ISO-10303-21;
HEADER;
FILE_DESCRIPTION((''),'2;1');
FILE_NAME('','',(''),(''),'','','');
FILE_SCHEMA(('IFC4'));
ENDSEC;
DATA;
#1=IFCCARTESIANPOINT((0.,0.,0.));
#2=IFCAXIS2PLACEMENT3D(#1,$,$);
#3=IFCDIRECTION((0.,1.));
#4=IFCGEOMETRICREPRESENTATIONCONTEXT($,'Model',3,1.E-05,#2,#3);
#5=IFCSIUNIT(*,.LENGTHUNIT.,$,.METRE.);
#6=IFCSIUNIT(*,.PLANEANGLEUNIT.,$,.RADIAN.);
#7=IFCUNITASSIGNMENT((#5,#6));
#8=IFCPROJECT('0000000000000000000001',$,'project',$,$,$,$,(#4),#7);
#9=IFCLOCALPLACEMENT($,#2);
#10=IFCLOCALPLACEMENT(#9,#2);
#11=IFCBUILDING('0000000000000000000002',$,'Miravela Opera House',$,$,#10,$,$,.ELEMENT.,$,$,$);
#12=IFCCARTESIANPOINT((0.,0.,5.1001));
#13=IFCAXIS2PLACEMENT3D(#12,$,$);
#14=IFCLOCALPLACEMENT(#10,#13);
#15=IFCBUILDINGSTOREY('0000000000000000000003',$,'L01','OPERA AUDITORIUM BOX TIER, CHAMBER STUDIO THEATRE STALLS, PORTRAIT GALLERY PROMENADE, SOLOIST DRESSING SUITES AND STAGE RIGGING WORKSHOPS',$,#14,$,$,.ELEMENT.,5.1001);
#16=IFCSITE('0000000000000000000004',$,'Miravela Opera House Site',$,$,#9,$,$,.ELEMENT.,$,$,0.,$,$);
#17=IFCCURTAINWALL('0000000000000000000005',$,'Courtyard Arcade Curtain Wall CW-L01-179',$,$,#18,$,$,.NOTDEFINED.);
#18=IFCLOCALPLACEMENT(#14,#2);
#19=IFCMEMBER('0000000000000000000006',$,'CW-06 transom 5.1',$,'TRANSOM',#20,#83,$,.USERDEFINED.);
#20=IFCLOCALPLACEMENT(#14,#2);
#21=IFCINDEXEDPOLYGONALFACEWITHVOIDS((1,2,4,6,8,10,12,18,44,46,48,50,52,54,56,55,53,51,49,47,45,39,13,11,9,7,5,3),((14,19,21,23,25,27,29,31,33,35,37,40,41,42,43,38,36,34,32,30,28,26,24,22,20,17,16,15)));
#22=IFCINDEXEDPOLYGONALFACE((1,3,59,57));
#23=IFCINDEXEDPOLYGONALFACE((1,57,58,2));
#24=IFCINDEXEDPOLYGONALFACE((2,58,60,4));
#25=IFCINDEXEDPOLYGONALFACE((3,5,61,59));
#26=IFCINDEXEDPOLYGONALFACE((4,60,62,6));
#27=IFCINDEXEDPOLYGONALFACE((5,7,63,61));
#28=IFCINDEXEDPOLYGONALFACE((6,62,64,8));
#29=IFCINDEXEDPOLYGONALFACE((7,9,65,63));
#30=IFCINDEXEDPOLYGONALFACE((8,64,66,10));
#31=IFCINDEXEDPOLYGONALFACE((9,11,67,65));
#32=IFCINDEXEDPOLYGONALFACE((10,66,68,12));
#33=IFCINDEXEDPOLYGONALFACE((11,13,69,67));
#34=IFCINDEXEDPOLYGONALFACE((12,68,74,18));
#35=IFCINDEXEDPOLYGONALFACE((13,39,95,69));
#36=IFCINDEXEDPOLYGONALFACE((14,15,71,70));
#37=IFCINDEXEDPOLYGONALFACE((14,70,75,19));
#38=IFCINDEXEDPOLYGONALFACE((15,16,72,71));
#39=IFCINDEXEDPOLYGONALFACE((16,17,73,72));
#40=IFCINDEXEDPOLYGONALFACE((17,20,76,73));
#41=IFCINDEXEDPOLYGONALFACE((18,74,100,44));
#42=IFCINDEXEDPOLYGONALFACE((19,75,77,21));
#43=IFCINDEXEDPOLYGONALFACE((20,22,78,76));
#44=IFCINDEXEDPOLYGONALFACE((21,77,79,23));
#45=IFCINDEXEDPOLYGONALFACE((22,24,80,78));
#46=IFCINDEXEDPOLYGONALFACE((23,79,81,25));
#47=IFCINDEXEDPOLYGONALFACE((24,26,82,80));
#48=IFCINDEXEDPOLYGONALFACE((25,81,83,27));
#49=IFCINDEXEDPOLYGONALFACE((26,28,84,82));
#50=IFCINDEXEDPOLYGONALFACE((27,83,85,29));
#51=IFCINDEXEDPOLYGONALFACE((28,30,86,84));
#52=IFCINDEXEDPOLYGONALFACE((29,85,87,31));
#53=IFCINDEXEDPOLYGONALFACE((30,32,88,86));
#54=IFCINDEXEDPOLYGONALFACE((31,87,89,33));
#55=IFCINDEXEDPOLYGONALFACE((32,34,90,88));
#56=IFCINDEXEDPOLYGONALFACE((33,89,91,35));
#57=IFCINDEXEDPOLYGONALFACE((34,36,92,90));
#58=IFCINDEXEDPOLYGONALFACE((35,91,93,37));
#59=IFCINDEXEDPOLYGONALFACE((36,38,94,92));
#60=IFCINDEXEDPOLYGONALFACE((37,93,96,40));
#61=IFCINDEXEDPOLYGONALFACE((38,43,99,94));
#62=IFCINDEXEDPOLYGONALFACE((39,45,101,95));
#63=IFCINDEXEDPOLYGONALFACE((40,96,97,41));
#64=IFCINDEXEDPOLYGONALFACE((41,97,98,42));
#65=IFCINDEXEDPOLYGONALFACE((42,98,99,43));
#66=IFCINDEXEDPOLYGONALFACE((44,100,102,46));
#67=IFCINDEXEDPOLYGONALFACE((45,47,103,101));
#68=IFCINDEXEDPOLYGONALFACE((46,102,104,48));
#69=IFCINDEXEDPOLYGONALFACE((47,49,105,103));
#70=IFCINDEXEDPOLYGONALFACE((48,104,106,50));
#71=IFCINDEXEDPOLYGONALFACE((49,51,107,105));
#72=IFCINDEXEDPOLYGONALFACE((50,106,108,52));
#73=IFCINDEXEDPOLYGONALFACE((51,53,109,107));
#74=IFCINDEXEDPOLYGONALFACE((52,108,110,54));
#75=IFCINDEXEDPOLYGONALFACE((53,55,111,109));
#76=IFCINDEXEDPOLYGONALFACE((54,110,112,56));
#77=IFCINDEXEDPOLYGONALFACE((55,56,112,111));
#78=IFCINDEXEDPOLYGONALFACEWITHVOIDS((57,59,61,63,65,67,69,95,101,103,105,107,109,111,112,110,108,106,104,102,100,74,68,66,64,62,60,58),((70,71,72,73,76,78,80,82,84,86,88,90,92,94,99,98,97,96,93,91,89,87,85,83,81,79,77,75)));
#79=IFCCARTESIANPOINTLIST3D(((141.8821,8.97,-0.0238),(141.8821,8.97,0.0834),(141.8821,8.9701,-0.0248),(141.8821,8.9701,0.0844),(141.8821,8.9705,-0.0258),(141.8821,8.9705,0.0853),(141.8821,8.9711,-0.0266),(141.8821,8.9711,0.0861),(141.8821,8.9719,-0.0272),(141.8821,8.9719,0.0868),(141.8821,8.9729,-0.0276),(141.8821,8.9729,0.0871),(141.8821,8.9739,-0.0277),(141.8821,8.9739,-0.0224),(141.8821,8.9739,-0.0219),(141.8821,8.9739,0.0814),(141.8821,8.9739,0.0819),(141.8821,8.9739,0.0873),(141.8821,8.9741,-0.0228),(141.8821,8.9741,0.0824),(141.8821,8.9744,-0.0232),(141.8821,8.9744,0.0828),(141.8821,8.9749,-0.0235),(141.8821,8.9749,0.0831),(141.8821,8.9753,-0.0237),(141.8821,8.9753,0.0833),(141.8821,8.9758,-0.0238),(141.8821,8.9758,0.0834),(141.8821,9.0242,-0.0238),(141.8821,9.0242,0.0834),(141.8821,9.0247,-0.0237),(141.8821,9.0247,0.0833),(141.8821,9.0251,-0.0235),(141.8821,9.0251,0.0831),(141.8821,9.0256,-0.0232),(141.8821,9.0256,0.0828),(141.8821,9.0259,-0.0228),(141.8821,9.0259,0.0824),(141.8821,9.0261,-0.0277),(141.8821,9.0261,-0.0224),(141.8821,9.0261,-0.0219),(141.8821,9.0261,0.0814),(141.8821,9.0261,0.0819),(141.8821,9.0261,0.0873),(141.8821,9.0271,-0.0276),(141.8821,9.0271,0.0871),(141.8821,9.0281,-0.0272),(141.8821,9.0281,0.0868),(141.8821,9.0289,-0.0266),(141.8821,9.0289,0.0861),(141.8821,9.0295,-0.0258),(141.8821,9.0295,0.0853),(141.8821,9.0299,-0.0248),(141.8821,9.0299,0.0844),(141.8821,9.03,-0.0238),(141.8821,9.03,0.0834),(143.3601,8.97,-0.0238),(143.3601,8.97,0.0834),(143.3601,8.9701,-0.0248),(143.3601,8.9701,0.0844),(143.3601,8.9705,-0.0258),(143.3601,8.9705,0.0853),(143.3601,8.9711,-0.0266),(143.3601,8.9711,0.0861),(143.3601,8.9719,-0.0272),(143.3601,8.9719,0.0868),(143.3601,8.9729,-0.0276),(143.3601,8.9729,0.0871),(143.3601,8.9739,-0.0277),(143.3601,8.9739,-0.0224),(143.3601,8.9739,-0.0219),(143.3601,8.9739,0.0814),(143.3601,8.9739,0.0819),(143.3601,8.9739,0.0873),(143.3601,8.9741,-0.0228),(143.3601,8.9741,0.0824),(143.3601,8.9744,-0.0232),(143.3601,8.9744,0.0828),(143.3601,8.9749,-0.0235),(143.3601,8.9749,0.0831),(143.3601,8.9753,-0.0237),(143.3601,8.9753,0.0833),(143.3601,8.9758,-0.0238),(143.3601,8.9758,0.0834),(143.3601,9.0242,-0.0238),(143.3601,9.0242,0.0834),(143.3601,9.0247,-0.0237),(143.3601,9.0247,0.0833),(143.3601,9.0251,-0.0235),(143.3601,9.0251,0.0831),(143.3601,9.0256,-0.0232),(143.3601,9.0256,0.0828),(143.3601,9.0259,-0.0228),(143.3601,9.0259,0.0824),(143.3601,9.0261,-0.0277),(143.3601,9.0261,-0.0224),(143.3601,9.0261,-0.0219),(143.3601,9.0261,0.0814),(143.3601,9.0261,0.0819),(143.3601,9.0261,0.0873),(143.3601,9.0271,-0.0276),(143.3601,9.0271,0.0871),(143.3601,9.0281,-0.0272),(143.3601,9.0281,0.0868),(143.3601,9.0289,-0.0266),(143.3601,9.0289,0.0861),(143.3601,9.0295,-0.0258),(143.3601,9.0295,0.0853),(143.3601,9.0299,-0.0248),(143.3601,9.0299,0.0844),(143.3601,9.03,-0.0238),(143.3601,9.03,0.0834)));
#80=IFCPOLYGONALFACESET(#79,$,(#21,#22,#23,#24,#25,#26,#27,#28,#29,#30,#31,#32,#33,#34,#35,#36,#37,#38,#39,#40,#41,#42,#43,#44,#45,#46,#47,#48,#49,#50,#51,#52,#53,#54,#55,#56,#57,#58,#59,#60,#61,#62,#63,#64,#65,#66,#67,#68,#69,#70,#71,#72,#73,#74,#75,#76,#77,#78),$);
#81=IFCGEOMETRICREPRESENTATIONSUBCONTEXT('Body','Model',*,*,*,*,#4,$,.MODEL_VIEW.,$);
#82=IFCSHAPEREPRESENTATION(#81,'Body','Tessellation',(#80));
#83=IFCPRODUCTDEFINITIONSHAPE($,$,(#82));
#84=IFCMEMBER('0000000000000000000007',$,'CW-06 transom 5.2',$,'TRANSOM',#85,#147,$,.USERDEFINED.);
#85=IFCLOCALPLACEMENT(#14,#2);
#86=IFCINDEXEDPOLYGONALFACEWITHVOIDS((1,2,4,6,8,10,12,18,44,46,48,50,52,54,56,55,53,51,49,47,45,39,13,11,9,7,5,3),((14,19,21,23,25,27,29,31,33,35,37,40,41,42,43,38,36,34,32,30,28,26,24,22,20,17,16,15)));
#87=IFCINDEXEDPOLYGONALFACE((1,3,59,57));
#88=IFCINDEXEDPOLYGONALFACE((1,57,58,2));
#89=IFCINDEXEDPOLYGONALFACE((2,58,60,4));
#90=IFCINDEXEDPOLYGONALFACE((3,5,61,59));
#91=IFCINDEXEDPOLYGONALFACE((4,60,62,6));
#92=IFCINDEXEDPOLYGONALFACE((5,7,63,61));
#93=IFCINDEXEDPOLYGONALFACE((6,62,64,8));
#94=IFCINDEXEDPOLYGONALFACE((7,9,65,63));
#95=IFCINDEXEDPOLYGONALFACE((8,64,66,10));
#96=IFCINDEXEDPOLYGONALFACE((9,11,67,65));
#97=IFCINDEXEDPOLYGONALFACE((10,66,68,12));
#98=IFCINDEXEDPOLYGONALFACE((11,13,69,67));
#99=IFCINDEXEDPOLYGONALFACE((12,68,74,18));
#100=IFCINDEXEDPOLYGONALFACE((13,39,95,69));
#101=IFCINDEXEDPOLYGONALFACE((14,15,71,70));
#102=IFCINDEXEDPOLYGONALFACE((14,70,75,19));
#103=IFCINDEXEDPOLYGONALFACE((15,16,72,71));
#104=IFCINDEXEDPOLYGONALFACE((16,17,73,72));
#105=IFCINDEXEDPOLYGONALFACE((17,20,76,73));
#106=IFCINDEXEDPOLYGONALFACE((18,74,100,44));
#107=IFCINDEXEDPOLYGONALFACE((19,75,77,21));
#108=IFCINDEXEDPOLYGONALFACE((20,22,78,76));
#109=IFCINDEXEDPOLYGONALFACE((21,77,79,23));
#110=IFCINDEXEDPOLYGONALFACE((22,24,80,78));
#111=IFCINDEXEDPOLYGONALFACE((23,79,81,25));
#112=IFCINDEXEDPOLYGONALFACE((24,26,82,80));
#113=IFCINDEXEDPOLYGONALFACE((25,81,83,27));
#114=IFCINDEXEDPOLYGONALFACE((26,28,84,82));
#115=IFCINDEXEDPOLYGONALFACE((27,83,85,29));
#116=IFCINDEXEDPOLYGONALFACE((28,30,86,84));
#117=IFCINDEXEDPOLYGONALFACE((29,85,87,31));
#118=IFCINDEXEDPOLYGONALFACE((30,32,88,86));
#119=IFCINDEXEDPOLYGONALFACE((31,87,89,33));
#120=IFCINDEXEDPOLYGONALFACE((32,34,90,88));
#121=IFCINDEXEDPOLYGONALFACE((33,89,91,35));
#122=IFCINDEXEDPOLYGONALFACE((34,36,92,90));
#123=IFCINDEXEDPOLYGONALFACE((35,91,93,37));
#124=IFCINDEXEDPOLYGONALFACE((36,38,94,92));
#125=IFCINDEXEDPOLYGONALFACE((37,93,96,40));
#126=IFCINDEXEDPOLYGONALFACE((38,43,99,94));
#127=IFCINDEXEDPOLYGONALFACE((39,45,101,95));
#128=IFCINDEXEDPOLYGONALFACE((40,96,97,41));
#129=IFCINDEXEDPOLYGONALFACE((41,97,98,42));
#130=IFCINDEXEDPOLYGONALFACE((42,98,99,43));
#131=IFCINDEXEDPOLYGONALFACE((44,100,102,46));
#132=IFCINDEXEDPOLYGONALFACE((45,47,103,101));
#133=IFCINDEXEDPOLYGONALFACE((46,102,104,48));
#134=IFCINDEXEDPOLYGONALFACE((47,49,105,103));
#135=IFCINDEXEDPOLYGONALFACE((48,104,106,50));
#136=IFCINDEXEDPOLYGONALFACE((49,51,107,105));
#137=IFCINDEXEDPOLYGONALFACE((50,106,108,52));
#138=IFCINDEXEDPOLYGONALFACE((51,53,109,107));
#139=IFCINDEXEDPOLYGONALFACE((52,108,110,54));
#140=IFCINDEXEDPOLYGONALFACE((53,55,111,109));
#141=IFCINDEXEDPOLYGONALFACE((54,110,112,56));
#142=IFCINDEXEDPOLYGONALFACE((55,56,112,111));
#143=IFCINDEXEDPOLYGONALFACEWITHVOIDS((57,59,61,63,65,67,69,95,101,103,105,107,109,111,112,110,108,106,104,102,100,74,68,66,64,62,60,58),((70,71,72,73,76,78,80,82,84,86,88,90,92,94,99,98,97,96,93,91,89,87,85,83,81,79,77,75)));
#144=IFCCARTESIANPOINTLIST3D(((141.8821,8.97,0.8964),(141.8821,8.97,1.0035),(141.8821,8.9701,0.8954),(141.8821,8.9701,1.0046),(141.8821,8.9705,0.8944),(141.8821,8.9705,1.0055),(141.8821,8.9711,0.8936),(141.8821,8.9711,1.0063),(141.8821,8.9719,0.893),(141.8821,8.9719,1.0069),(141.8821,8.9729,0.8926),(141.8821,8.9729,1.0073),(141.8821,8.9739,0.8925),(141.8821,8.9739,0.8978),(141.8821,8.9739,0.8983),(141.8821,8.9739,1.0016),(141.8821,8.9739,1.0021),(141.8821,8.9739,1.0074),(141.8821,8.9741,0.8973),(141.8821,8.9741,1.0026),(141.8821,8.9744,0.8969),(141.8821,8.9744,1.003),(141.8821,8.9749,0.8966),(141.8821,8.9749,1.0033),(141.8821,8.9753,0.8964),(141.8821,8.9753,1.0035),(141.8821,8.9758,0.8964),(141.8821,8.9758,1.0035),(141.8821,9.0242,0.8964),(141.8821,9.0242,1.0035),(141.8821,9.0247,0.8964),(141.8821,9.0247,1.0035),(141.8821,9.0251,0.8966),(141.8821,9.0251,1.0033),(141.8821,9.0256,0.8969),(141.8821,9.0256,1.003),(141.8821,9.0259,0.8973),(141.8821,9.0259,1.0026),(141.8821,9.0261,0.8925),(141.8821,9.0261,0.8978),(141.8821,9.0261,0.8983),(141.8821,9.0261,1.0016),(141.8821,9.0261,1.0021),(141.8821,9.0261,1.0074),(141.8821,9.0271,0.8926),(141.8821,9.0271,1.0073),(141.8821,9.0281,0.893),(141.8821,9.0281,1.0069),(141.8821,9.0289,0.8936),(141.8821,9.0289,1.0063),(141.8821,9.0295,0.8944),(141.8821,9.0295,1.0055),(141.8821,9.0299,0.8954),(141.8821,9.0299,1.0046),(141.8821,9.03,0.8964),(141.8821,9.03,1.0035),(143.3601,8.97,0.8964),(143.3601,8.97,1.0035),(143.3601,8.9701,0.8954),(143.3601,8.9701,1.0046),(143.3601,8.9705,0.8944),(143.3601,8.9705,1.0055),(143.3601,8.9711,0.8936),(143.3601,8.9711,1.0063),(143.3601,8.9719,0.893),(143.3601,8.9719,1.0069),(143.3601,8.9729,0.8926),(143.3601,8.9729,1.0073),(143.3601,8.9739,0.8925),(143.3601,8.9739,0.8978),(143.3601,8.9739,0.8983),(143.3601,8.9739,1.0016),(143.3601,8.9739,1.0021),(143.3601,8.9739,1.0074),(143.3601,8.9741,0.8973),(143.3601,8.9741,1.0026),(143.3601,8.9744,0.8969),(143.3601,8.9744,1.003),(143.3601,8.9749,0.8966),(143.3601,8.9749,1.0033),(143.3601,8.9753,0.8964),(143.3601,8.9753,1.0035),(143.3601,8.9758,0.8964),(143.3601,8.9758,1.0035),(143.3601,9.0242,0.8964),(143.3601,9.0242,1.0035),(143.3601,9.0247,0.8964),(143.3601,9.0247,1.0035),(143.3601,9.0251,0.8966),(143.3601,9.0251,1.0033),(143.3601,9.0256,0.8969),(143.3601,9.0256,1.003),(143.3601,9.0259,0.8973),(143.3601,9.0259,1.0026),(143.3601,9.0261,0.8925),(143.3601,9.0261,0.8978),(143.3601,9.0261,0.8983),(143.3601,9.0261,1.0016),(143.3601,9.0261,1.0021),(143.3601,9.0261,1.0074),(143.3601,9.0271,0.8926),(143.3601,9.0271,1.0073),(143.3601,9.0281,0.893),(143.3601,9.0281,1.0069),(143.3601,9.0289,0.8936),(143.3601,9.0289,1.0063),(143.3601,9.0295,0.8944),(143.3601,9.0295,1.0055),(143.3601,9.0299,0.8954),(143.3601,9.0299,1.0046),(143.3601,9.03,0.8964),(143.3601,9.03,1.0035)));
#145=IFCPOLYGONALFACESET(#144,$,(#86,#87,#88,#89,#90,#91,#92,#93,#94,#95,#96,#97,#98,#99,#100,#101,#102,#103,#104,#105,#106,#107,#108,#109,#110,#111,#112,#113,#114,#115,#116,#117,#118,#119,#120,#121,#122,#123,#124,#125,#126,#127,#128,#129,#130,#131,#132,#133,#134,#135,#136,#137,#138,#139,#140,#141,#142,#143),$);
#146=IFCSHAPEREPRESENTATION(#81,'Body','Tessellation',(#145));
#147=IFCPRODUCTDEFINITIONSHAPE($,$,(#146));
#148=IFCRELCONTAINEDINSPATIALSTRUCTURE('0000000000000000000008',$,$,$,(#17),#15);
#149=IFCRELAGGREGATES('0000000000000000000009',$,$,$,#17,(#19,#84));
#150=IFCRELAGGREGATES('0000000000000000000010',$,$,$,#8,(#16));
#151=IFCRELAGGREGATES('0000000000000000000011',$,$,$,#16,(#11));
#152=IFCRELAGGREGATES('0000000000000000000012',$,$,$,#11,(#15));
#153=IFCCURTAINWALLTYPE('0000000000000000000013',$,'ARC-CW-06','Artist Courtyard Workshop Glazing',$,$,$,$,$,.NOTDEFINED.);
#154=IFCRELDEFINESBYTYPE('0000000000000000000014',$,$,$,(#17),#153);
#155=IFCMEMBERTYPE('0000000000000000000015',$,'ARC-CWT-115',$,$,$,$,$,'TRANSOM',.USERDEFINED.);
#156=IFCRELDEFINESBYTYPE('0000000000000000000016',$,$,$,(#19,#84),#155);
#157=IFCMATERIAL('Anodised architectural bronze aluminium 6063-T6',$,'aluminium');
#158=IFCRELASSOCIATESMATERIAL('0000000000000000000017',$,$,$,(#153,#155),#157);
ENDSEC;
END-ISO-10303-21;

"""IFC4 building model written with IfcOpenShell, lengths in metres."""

from ifc_helpers import new_model, si_unit, direction, frame, origin, origin_2d, place, context, subcontext, project, spatial, hollow_rectangle, extrude, material, material_profile, profile_set, type_object, element, aggregate, save


model = new_model("IFC4")

# Units and contexts
model_context = context("Model", 3, precision=1e-05, world=origin(), true_north=direction((0.0, 1.0)))
body_context = subcontext(model_context, "Body", "Model", "MODEL_VIEW")
ifc_project = project(units=[si_unit("LENGTHUNIT", "METRE"), si_unit("PLANEANGLEUNIT", "RADIAN")], contexts=[model_context])

# Site, building, storey
site_placement = place(None, origin())
site = spatial("IfcSite", under=ifc_project, at=site_placement, Name="Miravela Opera House Site", CompositionType="ELEMENT", RefElevation=0.0)
building_placement = place(site_placement, origin())
building = spatial("IfcBuilding", under=site, at=building_placement, Name="Miravela Opera House", CompositionType="ELEMENT")
storey_placement = place(building_placement, frame((0.0, 0.0, 5.1001)))
storey = spatial("IfcBuildingStorey", under=building, at=storey_placement, Name="L01", Description="OPERA AUDITORIUM BOX TIER, CHAMBER STUDIO THEATRE STALLS, PORTRAIT GALLERY PROMENADE, SOLOIST DRESSING SUITES AND STAGE RIGGING WORKSHOPS", CompositionType="ELEMENT", Elevation=5.1001)

# Curtain wall, members
ifc_material_1 = material(Name="Anodised architectural bronze aluminium 6063-T6", Category="aluminium")
curtain_wall_type = type_object("IfcCurtainWallType", Name="ARC-CW-06", Description="Artist Courtyard Workshop Glazing", PredefinedType="NOTDEFINED", material=ifc_material_1)
curtain_wall_placement = place(storey_placement, origin())
curtain_wall = element("IfcCurtainWall", 1, at=curtain_wall_placement, inside=storey, type_object=curtain_wall_type, Name="Courtyard Arcade Curtain Wall CW-L01-179", PredefinedType="NOTDEFINED")
ifc_material_profile_1 = material_profile(ifc_material_1, hollow_rectangle(XDim=0.0601, YDim=0.115, WallThickness=0.0039, InnerFilletRadius=0.002, OuterFilletRadius=0.0039, at=origin_2d()), Name="CWT-60X115")
ifc_profile_set_1 = profile_set([ifc_material_profile_1])
member_type_1 = type_object("IfcMemberType", Name="ARC-CWT-115", ElementType="TRANSOM", PredefinedType="USERDEFINED", material=ifc_profile_set_1)
member_1_placement = place(storey_placement, frame((141.8821, 9.0, 0.0298), z_axis=(1.0, 0.0, 0.0), x_axis=(0.0, 1.0, 0.0)))
member_1 = element("IfcMember", 2, at=member_1_placement, type_object=member_type_1, Name="CW-06 transom 5.1", ObjectType="TRANSOM", PredefinedType="USERDEFINED", context=body_context, shape_type="SweptSolid", body=[
    extrude(hollow_rectangle(XDim=0.0601, YDim=0.115, WallThickness=0.0039, InnerFilletRadius=0.002, OuterFilletRadius=0.0039, at=origin_2d()), origin(), (0.0, 0.0, 1.0), 1.478),
])
member_2_placement = place(storey_placement, frame((141.8821, 9.0, 0.95), z_axis=(1.0, 0.0, 0.0), x_axis=(0.0, 1.0, 0.0)))
member_2 = element("IfcMember", 3, at=member_2_placement, type_object=member_type_1, Name="CW-06 transom 5.2", ObjectType="TRANSOM", PredefinedType="USERDEFINED", context=body_context, shape_type="SweptSolid", body=[
    extrude(hollow_rectangle(XDim=0.0601, YDim=0.115, WallThickness=0.0039, InnerFilletRadius=0.002, OuterFilletRadius=0.0039, at=origin_2d()), origin(), (0.0, 0.0, 1.0), 1.478),
])

aggregate(curtain_wall, [member_1, member_2])

save(model, "model.ifc")
